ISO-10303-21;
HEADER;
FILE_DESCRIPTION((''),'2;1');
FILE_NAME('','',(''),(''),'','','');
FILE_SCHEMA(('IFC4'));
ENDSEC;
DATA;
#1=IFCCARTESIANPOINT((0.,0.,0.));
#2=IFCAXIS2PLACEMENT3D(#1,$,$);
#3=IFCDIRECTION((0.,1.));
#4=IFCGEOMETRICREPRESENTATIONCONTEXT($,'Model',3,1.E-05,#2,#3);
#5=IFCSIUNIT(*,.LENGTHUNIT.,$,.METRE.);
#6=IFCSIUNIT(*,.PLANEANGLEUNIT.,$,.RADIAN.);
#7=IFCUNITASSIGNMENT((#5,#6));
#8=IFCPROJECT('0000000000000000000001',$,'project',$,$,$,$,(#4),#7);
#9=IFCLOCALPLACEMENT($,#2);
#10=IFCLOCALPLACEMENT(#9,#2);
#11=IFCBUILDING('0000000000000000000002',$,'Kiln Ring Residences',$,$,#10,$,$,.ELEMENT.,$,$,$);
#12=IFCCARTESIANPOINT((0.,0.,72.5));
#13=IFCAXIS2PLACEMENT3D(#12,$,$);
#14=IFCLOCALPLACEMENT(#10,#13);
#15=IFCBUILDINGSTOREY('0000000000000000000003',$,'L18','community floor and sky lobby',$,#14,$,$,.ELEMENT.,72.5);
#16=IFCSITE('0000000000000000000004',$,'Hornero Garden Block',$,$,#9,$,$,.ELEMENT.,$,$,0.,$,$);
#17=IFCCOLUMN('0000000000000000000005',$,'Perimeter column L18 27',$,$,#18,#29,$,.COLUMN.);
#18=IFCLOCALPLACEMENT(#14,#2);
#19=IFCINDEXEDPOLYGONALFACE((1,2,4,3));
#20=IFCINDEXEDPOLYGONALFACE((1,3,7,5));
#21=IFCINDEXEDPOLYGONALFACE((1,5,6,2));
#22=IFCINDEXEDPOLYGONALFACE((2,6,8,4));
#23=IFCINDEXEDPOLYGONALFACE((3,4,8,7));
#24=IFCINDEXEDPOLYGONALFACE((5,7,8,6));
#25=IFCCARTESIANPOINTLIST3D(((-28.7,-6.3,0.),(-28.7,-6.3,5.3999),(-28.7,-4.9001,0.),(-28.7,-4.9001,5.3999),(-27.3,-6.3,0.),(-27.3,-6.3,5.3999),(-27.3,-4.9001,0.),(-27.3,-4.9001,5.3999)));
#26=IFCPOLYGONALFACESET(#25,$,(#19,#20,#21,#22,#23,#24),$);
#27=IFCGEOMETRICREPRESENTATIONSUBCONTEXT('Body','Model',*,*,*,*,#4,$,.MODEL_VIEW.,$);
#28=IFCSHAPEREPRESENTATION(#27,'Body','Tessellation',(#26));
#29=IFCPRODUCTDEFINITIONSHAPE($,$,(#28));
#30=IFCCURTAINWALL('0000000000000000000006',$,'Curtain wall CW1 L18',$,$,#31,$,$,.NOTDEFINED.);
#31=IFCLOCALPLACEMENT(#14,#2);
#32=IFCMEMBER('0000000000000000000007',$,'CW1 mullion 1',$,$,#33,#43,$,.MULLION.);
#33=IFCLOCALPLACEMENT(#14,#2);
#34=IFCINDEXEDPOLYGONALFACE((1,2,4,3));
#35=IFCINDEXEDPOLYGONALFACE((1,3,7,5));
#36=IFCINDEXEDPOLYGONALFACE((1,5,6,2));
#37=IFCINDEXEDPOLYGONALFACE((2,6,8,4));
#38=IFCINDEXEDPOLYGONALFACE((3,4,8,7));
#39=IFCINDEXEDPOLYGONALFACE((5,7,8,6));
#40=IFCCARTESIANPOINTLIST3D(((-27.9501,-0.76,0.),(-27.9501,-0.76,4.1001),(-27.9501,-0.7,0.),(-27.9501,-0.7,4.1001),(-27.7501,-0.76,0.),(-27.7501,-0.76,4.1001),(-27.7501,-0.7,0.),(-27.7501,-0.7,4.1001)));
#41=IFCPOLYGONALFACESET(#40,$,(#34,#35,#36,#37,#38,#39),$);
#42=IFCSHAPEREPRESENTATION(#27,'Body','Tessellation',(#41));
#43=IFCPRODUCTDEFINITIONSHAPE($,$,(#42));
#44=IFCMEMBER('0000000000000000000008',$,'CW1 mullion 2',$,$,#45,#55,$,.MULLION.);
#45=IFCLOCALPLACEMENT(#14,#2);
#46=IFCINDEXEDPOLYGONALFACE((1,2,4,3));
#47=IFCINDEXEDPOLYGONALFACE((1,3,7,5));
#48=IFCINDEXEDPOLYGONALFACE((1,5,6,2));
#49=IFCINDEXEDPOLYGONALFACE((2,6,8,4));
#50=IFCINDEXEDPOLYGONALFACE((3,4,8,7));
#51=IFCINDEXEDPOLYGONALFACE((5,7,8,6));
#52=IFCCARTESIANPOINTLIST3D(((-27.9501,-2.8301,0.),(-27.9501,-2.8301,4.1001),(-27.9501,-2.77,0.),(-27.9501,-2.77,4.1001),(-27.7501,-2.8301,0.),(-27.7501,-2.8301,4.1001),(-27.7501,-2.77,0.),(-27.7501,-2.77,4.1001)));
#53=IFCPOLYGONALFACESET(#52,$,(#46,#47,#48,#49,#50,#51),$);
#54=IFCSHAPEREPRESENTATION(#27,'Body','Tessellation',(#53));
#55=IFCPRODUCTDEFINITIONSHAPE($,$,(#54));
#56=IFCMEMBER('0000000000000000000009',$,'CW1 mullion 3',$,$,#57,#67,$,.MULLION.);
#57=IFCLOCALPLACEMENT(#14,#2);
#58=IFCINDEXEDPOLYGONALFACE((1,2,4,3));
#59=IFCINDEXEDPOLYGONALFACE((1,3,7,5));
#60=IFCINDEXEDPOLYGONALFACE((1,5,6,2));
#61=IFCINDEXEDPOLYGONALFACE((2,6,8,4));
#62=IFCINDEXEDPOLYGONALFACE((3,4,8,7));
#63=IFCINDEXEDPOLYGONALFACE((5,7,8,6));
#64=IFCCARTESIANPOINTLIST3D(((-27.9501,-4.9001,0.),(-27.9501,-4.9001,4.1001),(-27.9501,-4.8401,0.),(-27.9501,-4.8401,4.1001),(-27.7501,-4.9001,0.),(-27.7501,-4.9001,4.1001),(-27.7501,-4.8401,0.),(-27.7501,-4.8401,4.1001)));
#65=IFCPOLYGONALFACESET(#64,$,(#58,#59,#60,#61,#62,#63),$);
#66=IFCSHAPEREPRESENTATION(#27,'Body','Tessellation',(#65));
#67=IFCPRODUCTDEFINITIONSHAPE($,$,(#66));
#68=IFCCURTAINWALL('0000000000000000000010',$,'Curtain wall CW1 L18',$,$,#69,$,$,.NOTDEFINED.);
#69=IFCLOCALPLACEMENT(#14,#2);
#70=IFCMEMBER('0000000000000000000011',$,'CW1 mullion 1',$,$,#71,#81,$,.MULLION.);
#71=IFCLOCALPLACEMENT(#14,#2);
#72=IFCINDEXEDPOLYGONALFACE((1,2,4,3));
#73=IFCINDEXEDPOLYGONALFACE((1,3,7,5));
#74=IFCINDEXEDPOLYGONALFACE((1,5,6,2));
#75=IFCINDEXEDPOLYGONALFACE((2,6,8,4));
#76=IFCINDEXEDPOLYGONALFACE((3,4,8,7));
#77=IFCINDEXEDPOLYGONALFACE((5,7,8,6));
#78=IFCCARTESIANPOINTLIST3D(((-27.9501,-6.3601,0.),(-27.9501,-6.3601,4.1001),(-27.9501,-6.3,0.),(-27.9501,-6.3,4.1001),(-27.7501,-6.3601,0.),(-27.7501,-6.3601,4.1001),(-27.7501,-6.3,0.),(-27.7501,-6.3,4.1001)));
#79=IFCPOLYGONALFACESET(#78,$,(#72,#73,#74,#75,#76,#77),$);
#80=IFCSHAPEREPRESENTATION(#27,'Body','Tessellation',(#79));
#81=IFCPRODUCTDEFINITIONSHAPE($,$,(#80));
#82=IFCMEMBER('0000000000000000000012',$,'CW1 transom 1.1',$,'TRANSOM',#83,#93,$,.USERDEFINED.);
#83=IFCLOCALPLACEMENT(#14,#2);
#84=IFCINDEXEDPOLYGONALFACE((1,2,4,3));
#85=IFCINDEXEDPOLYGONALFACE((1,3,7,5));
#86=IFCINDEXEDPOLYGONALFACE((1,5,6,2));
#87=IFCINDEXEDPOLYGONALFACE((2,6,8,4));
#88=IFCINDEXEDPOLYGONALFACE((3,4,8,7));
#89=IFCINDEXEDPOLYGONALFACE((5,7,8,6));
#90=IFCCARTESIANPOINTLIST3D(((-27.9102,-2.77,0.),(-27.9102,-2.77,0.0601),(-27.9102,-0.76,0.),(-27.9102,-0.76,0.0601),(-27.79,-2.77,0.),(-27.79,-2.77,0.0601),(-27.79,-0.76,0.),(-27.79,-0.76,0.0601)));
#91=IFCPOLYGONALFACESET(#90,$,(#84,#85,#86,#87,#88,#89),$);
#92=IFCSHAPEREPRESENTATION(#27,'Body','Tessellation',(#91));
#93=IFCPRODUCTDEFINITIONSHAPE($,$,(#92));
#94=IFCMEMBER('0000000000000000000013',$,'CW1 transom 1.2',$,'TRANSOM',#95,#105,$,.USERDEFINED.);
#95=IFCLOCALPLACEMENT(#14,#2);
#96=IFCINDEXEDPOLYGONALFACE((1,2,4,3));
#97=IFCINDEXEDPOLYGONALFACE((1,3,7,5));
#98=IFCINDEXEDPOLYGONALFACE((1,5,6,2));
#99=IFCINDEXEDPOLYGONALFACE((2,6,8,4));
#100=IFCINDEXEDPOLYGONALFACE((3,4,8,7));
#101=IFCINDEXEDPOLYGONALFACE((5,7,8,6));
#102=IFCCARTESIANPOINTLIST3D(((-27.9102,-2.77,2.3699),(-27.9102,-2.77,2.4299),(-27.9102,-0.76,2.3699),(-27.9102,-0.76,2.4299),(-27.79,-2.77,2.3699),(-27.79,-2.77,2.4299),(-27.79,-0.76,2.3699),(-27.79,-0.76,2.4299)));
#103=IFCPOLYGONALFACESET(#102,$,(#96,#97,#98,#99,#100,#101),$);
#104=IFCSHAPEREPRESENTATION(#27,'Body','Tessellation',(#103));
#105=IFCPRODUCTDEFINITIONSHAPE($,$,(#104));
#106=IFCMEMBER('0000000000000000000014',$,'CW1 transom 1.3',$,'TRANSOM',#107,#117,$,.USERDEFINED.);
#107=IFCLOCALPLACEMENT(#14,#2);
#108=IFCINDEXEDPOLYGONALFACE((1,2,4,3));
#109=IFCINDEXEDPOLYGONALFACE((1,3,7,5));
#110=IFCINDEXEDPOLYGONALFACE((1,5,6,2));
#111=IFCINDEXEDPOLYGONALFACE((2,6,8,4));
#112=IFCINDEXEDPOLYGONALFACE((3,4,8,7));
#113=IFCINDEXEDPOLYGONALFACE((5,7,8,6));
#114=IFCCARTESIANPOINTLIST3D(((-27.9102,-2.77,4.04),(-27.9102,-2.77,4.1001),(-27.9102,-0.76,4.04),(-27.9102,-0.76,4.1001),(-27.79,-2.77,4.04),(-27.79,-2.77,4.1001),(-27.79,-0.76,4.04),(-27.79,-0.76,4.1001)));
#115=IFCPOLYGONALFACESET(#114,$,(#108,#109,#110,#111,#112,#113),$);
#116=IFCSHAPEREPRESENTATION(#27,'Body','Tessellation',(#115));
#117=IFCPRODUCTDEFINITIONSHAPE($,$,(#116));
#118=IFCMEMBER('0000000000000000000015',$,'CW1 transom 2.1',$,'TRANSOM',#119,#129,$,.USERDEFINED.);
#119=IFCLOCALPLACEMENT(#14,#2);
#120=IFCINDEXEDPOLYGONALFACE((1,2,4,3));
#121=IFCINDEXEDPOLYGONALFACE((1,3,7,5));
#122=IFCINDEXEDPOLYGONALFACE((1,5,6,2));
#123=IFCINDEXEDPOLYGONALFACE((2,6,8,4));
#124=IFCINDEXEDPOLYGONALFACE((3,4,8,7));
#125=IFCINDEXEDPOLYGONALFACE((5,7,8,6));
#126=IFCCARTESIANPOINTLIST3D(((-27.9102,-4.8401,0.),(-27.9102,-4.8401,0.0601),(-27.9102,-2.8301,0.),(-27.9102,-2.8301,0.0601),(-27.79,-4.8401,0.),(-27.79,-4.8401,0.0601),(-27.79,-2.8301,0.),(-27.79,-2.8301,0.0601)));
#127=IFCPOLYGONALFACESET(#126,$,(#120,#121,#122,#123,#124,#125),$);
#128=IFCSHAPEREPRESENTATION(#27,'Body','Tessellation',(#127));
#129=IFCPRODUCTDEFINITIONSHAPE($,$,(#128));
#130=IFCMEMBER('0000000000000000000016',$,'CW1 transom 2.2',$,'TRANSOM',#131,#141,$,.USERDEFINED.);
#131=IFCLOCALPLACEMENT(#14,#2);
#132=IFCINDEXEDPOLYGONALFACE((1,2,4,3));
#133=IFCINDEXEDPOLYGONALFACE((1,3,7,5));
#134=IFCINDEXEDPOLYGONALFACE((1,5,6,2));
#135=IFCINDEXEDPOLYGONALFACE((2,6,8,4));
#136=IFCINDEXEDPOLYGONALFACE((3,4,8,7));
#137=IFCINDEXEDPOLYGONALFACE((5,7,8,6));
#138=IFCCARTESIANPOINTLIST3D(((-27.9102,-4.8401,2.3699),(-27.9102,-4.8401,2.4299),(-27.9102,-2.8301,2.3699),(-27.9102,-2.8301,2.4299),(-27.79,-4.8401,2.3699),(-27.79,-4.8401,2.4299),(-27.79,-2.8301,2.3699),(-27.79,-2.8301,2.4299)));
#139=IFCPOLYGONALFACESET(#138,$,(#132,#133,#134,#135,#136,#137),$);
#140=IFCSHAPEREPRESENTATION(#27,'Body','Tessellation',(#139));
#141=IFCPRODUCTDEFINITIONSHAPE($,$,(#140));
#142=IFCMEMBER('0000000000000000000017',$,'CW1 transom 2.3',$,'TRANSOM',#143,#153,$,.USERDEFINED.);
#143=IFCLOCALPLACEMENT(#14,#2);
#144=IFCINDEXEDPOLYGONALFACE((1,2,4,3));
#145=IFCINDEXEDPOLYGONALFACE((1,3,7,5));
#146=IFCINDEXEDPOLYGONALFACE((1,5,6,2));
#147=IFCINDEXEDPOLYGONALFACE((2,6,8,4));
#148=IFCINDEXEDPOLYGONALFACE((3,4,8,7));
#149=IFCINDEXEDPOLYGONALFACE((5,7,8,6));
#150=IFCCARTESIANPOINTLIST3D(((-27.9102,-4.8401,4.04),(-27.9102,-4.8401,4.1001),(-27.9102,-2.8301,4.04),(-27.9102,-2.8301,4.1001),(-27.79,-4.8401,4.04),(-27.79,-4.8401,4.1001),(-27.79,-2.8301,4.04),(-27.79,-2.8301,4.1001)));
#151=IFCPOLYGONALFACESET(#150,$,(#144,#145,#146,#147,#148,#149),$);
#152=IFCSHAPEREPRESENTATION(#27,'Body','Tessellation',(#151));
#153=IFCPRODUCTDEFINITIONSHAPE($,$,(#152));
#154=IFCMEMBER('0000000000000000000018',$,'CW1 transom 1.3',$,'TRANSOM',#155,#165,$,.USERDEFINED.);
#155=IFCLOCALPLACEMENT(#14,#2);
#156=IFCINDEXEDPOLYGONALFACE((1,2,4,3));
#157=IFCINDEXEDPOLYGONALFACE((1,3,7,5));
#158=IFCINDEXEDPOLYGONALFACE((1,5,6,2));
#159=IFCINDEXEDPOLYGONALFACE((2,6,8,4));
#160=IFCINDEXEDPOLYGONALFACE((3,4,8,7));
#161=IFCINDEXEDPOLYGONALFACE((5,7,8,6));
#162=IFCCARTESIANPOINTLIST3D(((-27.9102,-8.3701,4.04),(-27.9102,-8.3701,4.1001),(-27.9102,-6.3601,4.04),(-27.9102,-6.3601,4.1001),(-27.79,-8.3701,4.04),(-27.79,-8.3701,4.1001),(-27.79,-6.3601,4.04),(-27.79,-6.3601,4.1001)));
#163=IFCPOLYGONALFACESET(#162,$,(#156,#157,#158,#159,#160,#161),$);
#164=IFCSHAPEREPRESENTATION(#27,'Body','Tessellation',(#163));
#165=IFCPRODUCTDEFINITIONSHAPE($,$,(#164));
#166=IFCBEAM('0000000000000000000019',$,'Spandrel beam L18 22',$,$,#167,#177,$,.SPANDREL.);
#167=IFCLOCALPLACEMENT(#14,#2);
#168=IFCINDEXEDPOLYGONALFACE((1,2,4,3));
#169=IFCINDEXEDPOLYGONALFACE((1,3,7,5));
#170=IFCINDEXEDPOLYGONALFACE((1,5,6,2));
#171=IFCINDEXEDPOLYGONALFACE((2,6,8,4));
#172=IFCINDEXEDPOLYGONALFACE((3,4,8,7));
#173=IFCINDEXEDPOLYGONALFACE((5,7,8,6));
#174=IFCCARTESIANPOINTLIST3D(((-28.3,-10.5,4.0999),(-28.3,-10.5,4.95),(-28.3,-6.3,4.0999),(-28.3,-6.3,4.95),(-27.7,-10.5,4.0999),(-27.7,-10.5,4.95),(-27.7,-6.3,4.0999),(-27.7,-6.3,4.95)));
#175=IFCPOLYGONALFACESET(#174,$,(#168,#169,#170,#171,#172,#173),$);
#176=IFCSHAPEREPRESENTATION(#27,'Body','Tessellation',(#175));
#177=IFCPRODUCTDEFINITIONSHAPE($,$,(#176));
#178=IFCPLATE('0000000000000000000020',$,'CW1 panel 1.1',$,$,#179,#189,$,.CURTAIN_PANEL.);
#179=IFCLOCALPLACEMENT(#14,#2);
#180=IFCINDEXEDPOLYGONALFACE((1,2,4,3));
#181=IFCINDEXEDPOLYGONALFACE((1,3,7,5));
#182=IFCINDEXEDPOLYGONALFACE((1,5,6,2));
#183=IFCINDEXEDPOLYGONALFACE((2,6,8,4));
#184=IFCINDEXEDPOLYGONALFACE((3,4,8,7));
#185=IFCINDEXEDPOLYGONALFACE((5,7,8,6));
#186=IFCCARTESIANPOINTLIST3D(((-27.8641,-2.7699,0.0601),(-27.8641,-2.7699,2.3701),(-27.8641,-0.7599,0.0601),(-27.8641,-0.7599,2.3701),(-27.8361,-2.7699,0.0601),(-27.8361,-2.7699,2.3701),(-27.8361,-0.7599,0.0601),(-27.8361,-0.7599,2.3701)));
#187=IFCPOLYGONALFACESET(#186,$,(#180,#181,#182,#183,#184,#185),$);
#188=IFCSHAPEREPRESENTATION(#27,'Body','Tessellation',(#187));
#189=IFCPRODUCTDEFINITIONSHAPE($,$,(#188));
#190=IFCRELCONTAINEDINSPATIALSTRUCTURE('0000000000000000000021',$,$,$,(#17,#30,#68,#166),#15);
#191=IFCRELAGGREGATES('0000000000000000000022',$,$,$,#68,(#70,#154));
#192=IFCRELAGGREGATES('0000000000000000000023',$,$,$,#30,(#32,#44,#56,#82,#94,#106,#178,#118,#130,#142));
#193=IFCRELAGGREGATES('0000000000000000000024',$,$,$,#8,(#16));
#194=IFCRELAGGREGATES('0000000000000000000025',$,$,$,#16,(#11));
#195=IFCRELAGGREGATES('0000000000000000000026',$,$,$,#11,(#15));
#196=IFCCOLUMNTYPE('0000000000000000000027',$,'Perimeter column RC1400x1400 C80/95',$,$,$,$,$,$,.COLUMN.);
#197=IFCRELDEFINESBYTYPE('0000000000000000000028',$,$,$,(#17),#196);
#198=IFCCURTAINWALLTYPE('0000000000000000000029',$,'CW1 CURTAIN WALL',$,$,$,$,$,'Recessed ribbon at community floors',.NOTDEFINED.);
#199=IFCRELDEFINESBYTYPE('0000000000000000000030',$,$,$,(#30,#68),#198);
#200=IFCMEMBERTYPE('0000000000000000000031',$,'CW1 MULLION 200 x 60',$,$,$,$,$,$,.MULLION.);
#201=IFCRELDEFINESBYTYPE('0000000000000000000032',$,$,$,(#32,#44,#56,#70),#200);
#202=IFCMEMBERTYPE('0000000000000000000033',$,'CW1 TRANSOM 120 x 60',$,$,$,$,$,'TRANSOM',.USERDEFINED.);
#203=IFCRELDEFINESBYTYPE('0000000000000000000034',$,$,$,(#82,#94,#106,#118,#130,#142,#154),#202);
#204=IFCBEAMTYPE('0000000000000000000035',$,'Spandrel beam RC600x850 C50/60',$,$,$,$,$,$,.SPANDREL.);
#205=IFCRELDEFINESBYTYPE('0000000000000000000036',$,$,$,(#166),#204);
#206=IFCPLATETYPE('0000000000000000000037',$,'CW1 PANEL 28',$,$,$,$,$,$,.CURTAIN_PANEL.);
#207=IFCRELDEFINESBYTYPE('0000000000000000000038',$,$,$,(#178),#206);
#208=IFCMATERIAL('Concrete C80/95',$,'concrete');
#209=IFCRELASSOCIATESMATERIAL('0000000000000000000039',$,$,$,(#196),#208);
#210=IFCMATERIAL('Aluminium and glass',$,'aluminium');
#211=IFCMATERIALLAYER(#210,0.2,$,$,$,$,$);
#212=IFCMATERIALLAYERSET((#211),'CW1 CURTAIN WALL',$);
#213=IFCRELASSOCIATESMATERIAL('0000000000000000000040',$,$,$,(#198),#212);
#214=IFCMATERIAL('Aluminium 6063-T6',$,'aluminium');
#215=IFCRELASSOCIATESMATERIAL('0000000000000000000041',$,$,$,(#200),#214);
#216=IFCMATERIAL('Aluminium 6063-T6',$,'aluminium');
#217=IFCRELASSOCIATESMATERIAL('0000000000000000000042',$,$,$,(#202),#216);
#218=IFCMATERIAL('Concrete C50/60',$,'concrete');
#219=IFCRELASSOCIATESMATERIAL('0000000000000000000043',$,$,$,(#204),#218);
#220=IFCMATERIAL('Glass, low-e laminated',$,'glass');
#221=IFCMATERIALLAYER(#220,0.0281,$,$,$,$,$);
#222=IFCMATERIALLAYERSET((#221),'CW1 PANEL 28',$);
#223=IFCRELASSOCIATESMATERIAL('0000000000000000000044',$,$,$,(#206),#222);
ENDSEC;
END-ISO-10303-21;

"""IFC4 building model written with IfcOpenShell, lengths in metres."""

from ifc_helpers import new_model, si_unit, direction, frame, origin, origin_2d, place, context, subcontext, project, spatial, rectangle, extrude, material, layer, layer_set, material_profile, profile_set, type_object, element, aggregate, save


model = new_model("IFC4")

# Units and contexts
model_context = context("Model", 3, precision=1e-05, world=origin(), true_north=direction((0.0, 1.0)))
body_context = subcontext(model_context, "Body", "Model", "MODEL_VIEW")
ifc_project = project(units=[si_unit("LENGTHUNIT", "METRE"), si_unit("PLANEANGLEUNIT", "RADIAN")], contexts=[model_context])

# Site, building, storey
site_placement = place(None, origin())
site = spatial("IfcSite", under=ifc_project, at=site_placement, Name="Hornero Garden Block", CompositionType="ELEMENT", RefElevation=0.0)
building_placement = place(site_placement, origin())
building = spatial("IfcBuilding", under=site, at=building_placement, Name="Kiln Ring Residences", CompositionType="ELEMENT")
storey_placement = place(building_placement, frame((0.0, 0.0, 72.5)))
storey = spatial("IfcBuildingStorey", under=building, at=storey_placement, Name="L18", Description="community floor and sky lobby", CompositionType="ELEMENT", Elevation=72.5)

# Column
ifc_material_1 = material(Name="Concrete C80/95", Category="concrete")
ifc_material_profile_1 = material_profile(ifc_material_1, rectangle(XDim=1.3999, YDim=1.3999, at=origin_2d()), Name="RC1400x1400")
ifc_profile_set_1 = profile_set([ifc_material_profile_1], Name="Concrete C80/95")
column_type = type_object("IfcColumnType", Name="Perimeter column RC1400x1400 C80/95", PredefinedType="COLUMN", material=ifc_profile_set_1)
column_placement = place(storey_placement, frame((-28.0, -5.6001, 0.0), z_axis=(0.0, 0.0, 1.0), x_axis=(1.0, 0.0, 0.0)))
element("IfcColumn", 1, at=column_placement, inside=storey, type_object=column_type, Name="Perimeter column L18 27", PredefinedType="COLUMN", context=body_context, shape_type="SweptSolid", body=[
    extrude(rectangle(XDim=1.3999, YDim=1.3999, at=origin_2d()), origin(), (0.0, 0.0, 1.0), 5.3999),
])

# Curtain wall, members
ifc_material_2 = material(Name="Aluminium and glass", Category="aluminium")
ifc_layer_1 = layer(ifc_material_2, 0.2)
ifc_layer_set_1 = layer_set([ifc_layer_1], Name="CW1 CURTAIN WALL")
curtain_wall_type = type_object("IfcCurtainWallType", Name="CW1 CURTAIN WALL", ElementType="Recessed ribbon at community floors", PredefinedType="NOTDEFINED", material=ifc_layer_set_1)
placement = place(storey_placement, origin())
curtain_wall_1 = element("IfcCurtainWall", 2, at=placement, inside=storey, type_object=curtain_wall_type, Name="Curtain wall CW1 L18", PredefinedType="NOTDEFINED")
ifc_material_3 = material(Name="Aluminium 6063-T6", Category="aluminium")
ifc_material_profile_2 = material_profile(ifc_material_3, rectangle(XDim=0.2, YDim=0.0601, at=origin_2d()), Name="AL 200x60")
ifc_profile_set_2 = profile_set([ifc_material_profile_2], Name="Aluminium 6063-T6")
member_type_1 = type_object("IfcMemberType", Name="CW1 MULLION 200 x 60", PredefinedType="MULLION", material=ifc_profile_set_2)
member_1_placement = place(storey_placement, frame((-27.8501, -0.73, 0.0), z_axis=(0.0, 0.0, 1.0), x_axis=(1.0, 0.0, 0.0)))
member_1 = element("IfcMember", 3, at=member_1_placement, type_object=member_type_1, Name="CW1 mullion 1", PredefinedType="MULLION", context=body_context, shape_type="SweptSolid", body=[
    extrude(rectangle(XDim=0.2, YDim=0.0601, at=origin_2d()), origin(), (0.0, 0.0, 1.0), 4.1001),
])
member_2_placement = place(storey_placement, frame((-27.8501, -2.8, 0.0), z_axis=(0.0, 0.0, 1.0), x_axis=(1.0, 0.0, 0.0)))
member_2 = element("IfcMember", 4, at=member_2_placement, type_object=member_type_1, Name="CW1 mullion 2", PredefinedType="MULLION", context=body_context, shape_type="SweptSolid", body=[
    extrude(rectangle(XDim=0.2, YDim=0.0601, at=origin_2d()), origin(), (0.0, 0.0, 1.0), 4.1001),
])
member_3_placement = place(storey_placement, frame((-27.8501, -4.8701, 0.0), z_axis=(0.0, 0.0, 1.0), x_axis=(1.0, 0.0, 0.0)))
member_3 = element("IfcMember", 5, at=member_3_placement, type_object=member_type_1, Name="CW1 mullion 3", PredefinedType="MULLION", context=body_context, shape_type="SweptSolid", body=[
    extrude(rectangle(XDim=0.2, YDim=0.0601, at=origin_2d()), origin(), (0.0, 0.0, 1.0), 4.1001),
])

# Curtain wall, member
curtain_wall_2 = element("IfcCurtainWall", 6, at=placement, inside=storey, type_object=curtain_wall_type, Name="Curtain wall CW1 L18", PredefinedType="NOTDEFINED")
member_4_placement = place(storey_placement, frame((-27.8501, -6.3301, 0.0), z_axis=(0.0, 0.0, 1.0), x_axis=(1.0, 0.0, 0.0)))
member_4 = element("IfcMember", 7, at=member_4_placement, type_object=member_type_1, Name="CW1 mullion 1", PredefinedType="MULLION", context=body_context, shape_type="SweptSolid", body=[
    extrude(rectangle(XDim=0.2, YDim=0.0601, at=origin_2d()), origin(), (0.0, 0.0, 1.0), 4.1001),
])

# Members
ifc_material_4 = material(Name="Aluminium 6063-T6", Category="aluminium")
ifc_material_profile_3 = material_profile(ifc_material_4, rectangle(XDim=0.1201, YDim=0.0601, at=origin_2d()), Name="AL 120x60")
ifc_profile_set_3 = profile_set([ifc_material_profile_3], Name="Aluminium 6063-T6")
member_type_2 = type_object("IfcMemberType", Name="CW1 TRANSOM 120 x 60", ElementType="TRANSOM", PredefinedType="USERDEFINED", material=ifc_profile_set_3)
member_5_placement = place(storey_placement, frame((-27.8501, -0.76, 0.03), z_axis=(0.0, -1.0, 0.0), x_axis=(1.0, 0.0, 0.0)))
member_5 = element("IfcMember", 8, at=member_5_placement, type_object=member_type_2, Name="CW1 transom 1.1", ObjectType="TRANSOM", PredefinedType="USERDEFINED", context=body_context, shape_type="SweptSolid", body=[
    extrude(rectangle(XDim=0.1201, YDim=0.0601, at=origin_2d()), origin(), (0.0, 0.0, 1.0), 2.01),
])
member_6_placement = place(storey_placement, frame((-27.8501, -0.76, 2.3999), z_axis=(0.0, -1.0, 0.0), x_axis=(1.0, 0.0, 0.0)))
member_6 = element("IfcMember", 9, at=member_6_placement, type_object=member_type_2, Name="CW1 transom 1.2", ObjectType="TRANSOM", PredefinedType="USERDEFINED", context=body_context, shape_type="SweptSolid", body=[
    extrude(rectangle(XDim=0.1201, YDim=0.0601, at=origin_2d()), origin(), (0.0, 0.0, 1.0), 2.01),
])
member_7_placement = place(storey_placement, frame((-27.8501, -0.76, 4.0701), z_axis=(0.0, -1.0, 0.0), x_axis=(1.0, 0.0, 0.0)))
member_7 = element("IfcMember", 10, at=member_7_placement, type_object=member_type_2, Name="CW1 transom 1.3", ObjectType="TRANSOM", PredefinedType="USERDEFINED", context=body_context, shape_type="SweptSolid", body=[
    extrude(rectangle(XDim=0.1201, YDim=0.0601, at=origin_2d()), origin(), (0.0, 0.0, 1.0), 2.01),
])
member_8_placement = place(storey_placement, frame((-27.8501, -2.8301, 0.03), z_axis=(0.0, -1.0, 0.0), x_axis=(1.0, 0.0, 0.0)))
member_8 = element("IfcMember", 11, at=member_8_placement, type_object=member_type_2, Name="CW1 transom 2.1", ObjectType="TRANSOM", PredefinedType="USERDEFINED", context=body_context, shape_type="SweptSolid", body=[
    extrude(rectangle(XDim=0.1201, YDim=0.0601, at=origin_2d()), origin(), (0.0, 0.0, 1.0), 2.01),
])
member_9_placement = place(storey_placement, frame((-27.8501, -2.8301, 2.3999), z_axis=(0.0, -1.0, 0.0), x_axis=(1.0, 0.0, 0.0)))
member_9 = element("IfcMember", 12, at=member_9_placement, type_object=member_type_2, Name="CW1 transom 2.2", ObjectType="TRANSOM", PredefinedType="USERDEFINED", context=body_context, shape_type="SweptSolid", body=[
    extrude(rectangle(XDim=0.1201, YDim=0.0601, at=origin_2d()), origin(), (0.0, 0.0, 1.0), 2.01),
])
member_10_placement = place(storey_placement, frame((-27.8501, -2.8301, 4.0701), z_axis=(0.0, -1.0, 0.0), x_axis=(1.0, 0.0, 0.0)))
member_10 = element("IfcMember", 13, at=member_10_placement, type_object=member_type_2, Name="CW1 transom 2.3", ObjectType="TRANSOM", PredefinedType="USERDEFINED", context=body_context, shape_type="SweptSolid", body=[
    extrude(rectangle(XDim=0.1201, YDim=0.0601, at=origin_2d()), origin(), (0.0, 0.0, 1.0), 2.01),
])
member_11_placement = place(storey_placement, frame((-27.8501, -6.3601, 4.0701), z_axis=(0.0, -1.0, 0.0), x_axis=(1.0, 0.0, 0.0)))
member_11 = element("IfcMember", 14, at=member_11_placement, type_object=member_type_2, Name="CW1 transom 1.3", ObjectType="TRANSOM", PredefinedType="USERDEFINED", context=body_context, shape_type="SweptSolid", body=[
    extrude(rectangle(XDim=0.1201, YDim=0.0601, at=origin_2d()), origin(), (0.0, 0.0, 1.0), 2.01),
])
aggregate(curtain_wall_2, [member_4, member_11])

# Beam
ifc_material_5 = material(Name="Concrete C50/60", Category="concrete")
ifc_material_profile_4 = material_profile(ifc_material_5, rectangle(XDim=0.6001, YDim=0.8501, at=origin_2d()), Name="RC600x850")
ifc_profile_set_4 = profile_set([ifc_material_profile_4], Name="Concrete C50/60")
beam_type = type_object("IfcBeamType", Name="Spandrel beam RC600x850 C50/60", PredefinedType="SPANDREL", material=ifc_profile_set_4)
beam_placement = place(storey_placement, frame((-28.0, -6.3, 4.5249), z_axis=(0.0, -1.0, 0.0), x_axis=(1.0, 0.0, 0.0)))
element("IfcBeam", 15, at=beam_placement, inside=storey, type_object=beam_type, Name="Spandrel beam L18 22", PredefinedType="SPANDREL", context=body_context, shape_type="SweptSolid", body=[
    extrude(rectangle(XDim=0.6001, YDim=0.8501, at=origin_2d()), origin(), (0.0, 0.0, 1.0), 4.2),
])

# Plate
ifc_material_6 = material(Name="Glass, low-e laminated", Category="glass")
ifc_layer_2 = layer(ifc_material_6, 0.0281)
ifc_layer_set_2 = layer_set([ifc_layer_2], Name="CW1 PANEL 28")
plate_type = type_object("IfcPlateType", Name="CW1 PANEL 28", PredefinedType="CURTAIN_PANEL", material=ifc_layer_set_2)
plate_1_placement = place(storey_placement, frame((-27.8501, -1.7649, 0.0601), z_axis=(0.0, 0.0, 1.0), x_axis=(0.0, -1.0, 0.0)))
plate_1 = element("IfcPlate", 16, at=plate_1_placement, type_object=plate_type, Name="CW1 panel 1.1", PredefinedType="CURTAIN_PANEL", context=body_context, shape_type="SweptSolid", body=[
    extrude(rectangle(XDim=2.01, YDim=0.0281, at=origin_2d()), origin(), (0.0, 0.0, 1.0), 2.3101),
])
aggregate(curtain_wall_1, [member_1, member_2, member_3, member_5, member_6, member_7, plate_1, member_8, member_9, member_10])

save(model, "model.ifc")
